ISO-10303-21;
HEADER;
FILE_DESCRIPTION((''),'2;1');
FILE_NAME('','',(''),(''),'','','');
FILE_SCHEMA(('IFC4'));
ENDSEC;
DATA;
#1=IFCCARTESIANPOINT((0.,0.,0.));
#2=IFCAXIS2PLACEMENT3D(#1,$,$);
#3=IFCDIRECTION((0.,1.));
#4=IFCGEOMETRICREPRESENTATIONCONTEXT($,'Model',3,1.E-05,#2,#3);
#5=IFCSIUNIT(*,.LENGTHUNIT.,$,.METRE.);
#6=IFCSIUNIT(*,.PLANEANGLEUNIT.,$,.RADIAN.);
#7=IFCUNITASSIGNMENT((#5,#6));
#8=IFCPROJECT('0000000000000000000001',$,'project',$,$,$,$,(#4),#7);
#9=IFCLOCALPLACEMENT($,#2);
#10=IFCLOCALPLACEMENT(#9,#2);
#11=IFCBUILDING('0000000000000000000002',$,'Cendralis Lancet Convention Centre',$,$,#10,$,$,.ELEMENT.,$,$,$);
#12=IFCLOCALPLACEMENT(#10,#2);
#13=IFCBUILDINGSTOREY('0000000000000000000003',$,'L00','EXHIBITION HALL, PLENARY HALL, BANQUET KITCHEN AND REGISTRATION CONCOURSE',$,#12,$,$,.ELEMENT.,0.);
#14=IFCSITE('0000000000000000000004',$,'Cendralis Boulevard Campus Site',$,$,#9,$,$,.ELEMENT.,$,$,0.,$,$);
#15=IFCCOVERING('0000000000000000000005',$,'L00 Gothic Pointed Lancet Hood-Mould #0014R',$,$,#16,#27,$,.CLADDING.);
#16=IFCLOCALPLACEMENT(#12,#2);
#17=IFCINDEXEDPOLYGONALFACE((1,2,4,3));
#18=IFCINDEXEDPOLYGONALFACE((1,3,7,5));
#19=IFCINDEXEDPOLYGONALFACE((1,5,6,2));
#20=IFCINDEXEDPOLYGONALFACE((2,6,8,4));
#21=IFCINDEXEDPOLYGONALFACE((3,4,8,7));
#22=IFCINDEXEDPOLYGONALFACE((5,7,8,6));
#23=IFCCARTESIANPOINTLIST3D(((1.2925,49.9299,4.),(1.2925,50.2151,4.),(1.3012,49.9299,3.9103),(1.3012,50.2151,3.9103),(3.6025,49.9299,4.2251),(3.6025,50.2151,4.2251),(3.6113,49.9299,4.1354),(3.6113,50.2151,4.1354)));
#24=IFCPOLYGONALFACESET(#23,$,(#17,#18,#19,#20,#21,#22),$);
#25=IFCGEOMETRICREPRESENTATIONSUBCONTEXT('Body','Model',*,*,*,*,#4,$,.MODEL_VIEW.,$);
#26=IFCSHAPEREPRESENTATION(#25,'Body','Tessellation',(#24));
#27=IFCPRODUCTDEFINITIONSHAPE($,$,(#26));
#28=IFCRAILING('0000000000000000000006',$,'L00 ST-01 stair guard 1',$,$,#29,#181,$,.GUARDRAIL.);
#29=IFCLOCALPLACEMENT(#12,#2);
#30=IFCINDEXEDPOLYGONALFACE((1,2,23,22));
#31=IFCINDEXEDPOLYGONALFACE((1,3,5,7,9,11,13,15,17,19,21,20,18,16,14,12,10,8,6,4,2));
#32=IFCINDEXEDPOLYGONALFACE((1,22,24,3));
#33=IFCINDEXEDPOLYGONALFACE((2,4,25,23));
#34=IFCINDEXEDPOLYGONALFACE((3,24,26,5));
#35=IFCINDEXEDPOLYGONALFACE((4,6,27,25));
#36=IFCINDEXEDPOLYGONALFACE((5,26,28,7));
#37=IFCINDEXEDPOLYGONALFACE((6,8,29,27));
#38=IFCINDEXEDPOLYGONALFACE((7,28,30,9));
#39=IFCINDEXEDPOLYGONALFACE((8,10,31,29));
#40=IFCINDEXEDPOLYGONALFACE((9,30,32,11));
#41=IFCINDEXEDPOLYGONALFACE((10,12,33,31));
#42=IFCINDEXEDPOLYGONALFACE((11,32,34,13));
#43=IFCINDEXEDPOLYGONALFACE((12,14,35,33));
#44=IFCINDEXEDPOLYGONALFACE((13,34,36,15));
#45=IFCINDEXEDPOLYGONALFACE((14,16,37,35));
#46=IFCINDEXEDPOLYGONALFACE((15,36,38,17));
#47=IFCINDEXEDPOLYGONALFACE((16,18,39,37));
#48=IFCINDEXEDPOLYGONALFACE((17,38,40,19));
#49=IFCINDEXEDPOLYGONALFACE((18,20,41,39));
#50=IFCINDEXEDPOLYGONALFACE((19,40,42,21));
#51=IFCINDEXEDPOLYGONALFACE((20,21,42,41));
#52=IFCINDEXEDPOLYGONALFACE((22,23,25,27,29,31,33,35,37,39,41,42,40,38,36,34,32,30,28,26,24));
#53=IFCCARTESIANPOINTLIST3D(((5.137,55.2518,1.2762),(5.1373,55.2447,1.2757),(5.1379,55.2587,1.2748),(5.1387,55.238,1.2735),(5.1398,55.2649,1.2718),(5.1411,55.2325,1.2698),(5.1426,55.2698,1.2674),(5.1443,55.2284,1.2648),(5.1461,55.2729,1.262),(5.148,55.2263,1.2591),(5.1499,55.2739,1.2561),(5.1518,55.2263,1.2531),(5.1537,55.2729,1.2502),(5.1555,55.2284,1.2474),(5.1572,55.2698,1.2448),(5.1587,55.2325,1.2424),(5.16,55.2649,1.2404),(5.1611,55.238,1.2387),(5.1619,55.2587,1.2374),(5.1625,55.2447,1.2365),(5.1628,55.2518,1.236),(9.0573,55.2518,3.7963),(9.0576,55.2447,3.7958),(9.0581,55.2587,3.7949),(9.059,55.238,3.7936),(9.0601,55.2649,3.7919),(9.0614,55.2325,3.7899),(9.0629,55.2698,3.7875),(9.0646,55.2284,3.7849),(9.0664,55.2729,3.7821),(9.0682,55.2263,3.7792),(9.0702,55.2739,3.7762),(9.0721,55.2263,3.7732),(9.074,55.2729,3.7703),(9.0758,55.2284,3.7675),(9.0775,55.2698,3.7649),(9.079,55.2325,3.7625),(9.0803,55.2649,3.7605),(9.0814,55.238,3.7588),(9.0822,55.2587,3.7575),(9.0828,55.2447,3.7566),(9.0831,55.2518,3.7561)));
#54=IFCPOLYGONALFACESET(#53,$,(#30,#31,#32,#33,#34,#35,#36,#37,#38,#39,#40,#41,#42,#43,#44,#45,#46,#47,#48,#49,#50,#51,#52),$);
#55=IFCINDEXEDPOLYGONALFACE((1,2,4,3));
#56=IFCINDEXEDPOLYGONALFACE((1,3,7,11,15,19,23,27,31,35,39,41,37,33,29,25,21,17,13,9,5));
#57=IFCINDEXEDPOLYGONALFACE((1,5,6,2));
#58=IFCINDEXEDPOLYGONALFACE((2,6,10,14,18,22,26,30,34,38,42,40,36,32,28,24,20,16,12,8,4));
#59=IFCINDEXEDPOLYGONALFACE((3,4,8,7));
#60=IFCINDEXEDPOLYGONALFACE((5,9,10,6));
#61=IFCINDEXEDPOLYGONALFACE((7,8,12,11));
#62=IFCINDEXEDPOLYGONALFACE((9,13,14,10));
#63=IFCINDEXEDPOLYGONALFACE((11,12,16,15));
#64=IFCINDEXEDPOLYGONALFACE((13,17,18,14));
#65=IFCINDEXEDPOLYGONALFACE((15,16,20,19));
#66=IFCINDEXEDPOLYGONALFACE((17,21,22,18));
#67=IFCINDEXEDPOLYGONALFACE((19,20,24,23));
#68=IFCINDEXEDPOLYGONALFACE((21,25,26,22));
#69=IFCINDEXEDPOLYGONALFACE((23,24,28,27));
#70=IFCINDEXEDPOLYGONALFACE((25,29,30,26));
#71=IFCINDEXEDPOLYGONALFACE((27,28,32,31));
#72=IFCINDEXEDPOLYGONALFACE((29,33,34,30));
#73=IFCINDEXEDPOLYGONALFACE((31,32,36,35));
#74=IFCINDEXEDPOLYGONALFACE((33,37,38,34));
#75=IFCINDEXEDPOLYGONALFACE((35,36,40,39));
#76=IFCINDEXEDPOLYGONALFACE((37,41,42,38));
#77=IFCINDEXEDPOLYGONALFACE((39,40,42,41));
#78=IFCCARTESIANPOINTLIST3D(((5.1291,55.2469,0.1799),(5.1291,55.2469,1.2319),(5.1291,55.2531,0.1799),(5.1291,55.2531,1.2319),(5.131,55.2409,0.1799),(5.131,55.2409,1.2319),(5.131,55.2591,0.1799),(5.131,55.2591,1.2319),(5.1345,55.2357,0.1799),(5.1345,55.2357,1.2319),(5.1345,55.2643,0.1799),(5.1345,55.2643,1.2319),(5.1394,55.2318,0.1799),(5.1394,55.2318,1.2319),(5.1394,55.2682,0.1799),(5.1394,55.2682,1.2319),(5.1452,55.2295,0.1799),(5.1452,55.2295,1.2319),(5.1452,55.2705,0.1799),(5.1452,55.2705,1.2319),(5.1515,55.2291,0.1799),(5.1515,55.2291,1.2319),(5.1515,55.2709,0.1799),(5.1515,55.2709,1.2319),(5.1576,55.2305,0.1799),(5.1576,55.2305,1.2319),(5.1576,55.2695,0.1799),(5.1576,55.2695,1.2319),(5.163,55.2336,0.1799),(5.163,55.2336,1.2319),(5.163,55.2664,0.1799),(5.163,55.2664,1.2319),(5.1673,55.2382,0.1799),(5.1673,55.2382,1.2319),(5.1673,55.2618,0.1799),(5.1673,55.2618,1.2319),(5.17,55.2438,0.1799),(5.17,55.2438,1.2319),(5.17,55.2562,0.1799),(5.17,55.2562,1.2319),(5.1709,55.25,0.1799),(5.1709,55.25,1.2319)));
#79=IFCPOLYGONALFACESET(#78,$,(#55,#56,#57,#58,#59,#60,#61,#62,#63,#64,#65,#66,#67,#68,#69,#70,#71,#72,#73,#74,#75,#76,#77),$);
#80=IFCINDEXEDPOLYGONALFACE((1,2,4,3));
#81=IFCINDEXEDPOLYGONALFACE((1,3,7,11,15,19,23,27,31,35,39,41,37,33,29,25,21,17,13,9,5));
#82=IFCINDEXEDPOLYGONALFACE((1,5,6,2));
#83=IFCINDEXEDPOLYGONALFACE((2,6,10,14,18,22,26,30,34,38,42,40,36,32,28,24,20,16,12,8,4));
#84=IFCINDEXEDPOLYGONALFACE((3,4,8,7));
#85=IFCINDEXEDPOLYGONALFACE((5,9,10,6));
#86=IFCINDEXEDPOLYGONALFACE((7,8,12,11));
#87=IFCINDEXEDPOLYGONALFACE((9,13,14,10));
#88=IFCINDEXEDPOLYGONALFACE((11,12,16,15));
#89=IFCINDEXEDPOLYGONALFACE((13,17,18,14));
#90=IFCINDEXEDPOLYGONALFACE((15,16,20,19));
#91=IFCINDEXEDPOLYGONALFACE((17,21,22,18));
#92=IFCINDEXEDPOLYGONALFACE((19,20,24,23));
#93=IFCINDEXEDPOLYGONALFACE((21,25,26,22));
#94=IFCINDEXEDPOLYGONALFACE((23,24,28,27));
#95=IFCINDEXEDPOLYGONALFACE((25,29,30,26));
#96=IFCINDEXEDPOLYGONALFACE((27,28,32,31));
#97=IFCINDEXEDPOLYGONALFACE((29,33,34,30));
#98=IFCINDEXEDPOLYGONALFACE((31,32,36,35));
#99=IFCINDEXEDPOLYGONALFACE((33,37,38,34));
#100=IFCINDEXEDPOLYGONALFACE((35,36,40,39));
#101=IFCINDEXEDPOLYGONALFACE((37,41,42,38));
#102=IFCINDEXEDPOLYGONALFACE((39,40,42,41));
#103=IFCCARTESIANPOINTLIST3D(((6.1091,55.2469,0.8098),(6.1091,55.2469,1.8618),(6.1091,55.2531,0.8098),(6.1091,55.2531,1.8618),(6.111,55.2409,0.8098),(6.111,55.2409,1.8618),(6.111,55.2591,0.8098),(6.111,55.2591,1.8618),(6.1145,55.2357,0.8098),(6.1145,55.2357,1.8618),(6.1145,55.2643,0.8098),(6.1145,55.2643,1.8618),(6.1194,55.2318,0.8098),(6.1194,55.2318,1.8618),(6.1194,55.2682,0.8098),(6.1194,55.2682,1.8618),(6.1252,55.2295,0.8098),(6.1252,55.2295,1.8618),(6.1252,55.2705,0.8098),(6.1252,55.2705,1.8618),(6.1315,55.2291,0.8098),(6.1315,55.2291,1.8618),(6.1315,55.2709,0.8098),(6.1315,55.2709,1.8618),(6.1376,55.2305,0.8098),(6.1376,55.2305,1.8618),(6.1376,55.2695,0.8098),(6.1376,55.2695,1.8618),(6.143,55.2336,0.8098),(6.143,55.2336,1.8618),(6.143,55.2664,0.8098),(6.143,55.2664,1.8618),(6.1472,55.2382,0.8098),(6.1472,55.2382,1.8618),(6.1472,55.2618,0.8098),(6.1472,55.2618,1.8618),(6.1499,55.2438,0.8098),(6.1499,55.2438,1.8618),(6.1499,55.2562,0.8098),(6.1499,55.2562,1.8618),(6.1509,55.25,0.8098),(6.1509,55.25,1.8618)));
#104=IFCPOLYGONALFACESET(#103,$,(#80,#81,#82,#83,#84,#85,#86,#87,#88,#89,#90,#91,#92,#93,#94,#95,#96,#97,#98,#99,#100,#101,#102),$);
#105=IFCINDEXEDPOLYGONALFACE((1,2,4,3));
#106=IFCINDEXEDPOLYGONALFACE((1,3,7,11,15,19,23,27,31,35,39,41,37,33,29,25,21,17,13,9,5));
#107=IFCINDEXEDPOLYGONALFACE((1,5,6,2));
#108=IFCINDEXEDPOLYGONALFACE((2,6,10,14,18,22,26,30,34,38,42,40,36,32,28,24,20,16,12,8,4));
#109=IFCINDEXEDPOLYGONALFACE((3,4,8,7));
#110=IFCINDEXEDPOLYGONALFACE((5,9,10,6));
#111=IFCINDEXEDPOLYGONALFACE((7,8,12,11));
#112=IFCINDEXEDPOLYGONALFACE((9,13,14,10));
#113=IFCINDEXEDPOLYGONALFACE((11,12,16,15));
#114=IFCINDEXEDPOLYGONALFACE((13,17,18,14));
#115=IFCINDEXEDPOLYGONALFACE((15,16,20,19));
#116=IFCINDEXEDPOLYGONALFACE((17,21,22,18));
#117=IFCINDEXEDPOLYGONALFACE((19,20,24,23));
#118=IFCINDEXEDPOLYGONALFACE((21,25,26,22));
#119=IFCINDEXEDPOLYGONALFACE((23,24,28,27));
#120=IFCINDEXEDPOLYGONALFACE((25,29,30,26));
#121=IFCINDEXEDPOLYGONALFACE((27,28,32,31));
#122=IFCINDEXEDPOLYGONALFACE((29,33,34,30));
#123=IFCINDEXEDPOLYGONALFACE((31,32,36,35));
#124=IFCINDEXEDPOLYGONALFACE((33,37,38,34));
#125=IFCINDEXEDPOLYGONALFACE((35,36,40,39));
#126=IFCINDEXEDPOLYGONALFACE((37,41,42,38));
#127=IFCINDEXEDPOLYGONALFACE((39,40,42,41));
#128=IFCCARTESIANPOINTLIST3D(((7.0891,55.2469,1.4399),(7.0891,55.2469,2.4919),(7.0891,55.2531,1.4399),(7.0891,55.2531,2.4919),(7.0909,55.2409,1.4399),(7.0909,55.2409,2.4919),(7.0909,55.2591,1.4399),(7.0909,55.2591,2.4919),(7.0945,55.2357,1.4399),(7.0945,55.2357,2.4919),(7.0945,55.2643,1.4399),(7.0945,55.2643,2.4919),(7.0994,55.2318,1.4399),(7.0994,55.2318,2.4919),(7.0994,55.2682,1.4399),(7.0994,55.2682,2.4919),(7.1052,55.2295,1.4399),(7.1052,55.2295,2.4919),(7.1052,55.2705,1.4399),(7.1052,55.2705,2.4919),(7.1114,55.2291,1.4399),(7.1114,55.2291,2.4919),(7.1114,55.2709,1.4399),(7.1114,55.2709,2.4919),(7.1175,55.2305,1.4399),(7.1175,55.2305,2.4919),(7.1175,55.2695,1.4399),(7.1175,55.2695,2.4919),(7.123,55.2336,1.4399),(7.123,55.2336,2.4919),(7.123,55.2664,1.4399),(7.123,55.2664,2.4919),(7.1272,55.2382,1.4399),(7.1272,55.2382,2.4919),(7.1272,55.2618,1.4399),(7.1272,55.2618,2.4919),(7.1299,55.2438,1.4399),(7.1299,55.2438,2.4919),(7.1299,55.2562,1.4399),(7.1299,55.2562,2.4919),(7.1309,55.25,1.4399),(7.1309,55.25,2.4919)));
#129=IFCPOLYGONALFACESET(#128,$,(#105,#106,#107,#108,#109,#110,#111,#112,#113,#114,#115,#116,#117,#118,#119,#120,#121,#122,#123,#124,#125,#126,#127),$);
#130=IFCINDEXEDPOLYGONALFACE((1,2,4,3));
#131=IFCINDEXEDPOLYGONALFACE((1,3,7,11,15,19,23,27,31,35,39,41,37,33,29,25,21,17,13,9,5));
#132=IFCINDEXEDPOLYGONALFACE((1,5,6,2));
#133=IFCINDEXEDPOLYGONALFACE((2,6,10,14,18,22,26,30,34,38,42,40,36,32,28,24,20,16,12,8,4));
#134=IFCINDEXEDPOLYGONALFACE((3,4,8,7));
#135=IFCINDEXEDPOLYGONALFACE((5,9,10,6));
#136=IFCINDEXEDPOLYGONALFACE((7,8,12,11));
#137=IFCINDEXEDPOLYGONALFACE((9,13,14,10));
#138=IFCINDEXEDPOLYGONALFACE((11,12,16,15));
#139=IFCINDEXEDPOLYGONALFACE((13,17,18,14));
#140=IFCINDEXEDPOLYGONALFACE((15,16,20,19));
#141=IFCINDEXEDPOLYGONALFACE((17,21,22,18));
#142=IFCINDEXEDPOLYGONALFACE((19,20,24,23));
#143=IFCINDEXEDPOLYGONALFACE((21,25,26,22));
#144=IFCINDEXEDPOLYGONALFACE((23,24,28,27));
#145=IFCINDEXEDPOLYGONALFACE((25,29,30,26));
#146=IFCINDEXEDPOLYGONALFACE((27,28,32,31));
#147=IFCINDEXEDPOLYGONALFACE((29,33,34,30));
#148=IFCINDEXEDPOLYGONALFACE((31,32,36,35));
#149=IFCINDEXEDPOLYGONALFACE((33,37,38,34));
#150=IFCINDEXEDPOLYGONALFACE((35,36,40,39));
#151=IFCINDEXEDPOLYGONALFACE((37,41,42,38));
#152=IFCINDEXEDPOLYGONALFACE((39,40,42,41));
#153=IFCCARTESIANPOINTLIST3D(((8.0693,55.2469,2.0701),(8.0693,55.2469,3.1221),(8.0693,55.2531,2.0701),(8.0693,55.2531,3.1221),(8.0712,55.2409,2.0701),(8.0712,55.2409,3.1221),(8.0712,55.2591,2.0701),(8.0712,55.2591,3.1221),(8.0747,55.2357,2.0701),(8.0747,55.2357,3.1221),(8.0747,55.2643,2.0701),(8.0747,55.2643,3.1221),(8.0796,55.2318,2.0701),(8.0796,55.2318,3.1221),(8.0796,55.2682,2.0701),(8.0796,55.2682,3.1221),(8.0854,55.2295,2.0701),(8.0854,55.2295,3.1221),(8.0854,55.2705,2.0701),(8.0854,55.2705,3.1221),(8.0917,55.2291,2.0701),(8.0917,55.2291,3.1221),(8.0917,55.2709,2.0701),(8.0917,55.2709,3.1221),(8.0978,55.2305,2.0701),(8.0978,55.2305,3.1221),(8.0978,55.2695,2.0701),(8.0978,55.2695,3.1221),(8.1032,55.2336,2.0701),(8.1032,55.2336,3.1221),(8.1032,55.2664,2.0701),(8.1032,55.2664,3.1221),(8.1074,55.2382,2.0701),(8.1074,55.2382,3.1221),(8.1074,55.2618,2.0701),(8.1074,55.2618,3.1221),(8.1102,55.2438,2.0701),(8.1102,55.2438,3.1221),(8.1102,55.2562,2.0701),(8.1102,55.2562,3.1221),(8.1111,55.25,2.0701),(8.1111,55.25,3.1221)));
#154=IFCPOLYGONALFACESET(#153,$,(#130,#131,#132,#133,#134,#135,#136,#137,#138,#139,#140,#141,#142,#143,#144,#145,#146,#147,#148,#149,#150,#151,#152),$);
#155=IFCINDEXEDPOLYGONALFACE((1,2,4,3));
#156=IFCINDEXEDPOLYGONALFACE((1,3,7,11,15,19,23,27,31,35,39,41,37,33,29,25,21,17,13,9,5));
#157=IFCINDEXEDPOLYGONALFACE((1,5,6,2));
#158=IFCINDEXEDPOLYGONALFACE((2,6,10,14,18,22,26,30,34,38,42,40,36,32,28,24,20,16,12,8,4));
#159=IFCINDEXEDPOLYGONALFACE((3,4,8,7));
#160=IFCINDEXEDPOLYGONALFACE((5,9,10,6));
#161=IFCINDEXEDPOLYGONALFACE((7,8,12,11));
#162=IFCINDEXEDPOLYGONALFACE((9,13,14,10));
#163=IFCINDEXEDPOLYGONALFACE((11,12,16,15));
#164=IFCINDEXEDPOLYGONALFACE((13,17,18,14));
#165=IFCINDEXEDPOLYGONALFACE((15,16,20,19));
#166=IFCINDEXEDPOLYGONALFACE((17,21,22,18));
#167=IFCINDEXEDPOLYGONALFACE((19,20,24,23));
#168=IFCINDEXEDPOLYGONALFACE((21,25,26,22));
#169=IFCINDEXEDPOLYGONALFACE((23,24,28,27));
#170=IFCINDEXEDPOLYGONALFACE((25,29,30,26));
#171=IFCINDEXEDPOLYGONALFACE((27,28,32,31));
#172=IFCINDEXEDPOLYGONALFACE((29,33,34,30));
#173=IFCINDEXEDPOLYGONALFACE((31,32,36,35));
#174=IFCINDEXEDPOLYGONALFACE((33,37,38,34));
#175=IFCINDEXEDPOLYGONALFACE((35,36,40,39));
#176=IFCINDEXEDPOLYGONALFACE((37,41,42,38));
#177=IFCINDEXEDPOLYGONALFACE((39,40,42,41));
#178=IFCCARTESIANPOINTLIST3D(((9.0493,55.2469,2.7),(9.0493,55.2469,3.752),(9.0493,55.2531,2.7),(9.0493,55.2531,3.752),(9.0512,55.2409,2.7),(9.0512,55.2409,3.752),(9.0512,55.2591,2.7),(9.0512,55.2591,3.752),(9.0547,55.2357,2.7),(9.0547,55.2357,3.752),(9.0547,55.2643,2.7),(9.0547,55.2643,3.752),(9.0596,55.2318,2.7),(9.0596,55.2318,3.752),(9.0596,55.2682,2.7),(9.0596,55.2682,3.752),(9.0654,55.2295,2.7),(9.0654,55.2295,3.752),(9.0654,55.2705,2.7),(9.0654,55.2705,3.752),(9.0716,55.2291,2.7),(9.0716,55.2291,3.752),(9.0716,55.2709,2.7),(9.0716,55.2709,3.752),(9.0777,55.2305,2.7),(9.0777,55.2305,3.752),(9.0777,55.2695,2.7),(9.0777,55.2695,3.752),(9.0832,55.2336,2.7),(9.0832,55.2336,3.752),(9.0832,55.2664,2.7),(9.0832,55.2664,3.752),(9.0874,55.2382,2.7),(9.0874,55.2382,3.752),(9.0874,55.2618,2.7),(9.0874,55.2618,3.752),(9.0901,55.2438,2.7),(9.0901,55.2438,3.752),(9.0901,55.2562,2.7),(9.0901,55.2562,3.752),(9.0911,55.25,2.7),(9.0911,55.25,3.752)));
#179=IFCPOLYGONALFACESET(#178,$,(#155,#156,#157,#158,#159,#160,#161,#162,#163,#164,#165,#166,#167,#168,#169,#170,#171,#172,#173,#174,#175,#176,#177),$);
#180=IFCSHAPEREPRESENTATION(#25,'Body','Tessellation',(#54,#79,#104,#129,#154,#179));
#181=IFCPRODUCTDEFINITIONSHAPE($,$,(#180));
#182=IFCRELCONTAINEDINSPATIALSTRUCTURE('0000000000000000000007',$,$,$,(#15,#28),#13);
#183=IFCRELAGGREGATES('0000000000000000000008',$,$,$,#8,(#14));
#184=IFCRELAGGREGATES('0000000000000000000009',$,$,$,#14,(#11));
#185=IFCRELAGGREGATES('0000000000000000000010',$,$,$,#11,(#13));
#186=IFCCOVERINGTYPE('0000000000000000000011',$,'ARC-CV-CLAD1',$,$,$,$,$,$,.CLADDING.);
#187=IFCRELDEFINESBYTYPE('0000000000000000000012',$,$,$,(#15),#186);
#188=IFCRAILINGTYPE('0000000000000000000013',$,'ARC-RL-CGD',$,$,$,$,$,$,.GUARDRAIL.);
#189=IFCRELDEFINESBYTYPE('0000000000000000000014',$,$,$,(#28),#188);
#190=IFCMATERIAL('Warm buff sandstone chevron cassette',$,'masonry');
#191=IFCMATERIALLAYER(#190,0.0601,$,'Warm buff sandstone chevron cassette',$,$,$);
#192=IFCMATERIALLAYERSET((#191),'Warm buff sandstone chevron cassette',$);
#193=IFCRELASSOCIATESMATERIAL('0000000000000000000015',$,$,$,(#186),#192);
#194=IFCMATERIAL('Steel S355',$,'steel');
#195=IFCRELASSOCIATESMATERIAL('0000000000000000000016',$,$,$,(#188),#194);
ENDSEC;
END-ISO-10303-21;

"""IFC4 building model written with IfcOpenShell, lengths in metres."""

from ifc_helpers import new_model, si_unit, direction, frame, origin, origin_2d, place, context, subcontext, project, spatial, polyline, circle, outline, extrude, material, layer, layer_set, type_object, element, save


model = new_model("IFC4")

# Units and contexts
model_context = context("Model", 3, precision=1e-05, world=origin(), true_north=direction((0.0, 1.0)))
body_context = subcontext(model_context, "Body", "Model", "MODEL_VIEW")
ifc_project = project(units=[si_unit("LENGTHUNIT", "METRE"), si_unit("PLANEANGLEUNIT", "RADIAN")], contexts=[model_context])

# Site, building, storey
site_placement = place(None, origin())
site = spatial("IfcSite", under=ifc_project, at=site_placement, Name="Cendralis Boulevard Campus Site", CompositionType="ELEMENT", RefElevation=0.0)
building_placement = place(site_placement, origin())
building = spatial("IfcBuilding", under=site, at=building_placement, Name="Cendralis Lancet Convention Centre", CompositionType="ELEMENT")
storey_placement = place(building_placement, origin())
storey = spatial("IfcBuildingStorey", under=building, at=storey_placement, Name="L00", Description="EXHIBITION HALL, PLENARY HALL, BANQUET KITCHEN AND REGISTRATION CONCOURSE", CompositionType="ELEMENT", Elevation=0.0)

# Shared definitions
ifc_material_1 = material(Name="Steel S355", Category="steel")

# Covering
ifc_material_2 = material(Name="Warm buff sandstone chevron cassette", Category="masonry")
ifc_layer_1 = layer(ifc_material_2, 0.0601, Name="Warm buff sandstone chevron cassette")
ifc_layer_set_1 = layer_set([ifc_layer_1], Name="Warm buff sandstone chevron cassette")
covering_type = type_object("IfcCoveringType", Name="ARC-CV-CLAD1", PredefinedType="CLADDING", material=ifc_layer_set_1)
for number, where, z_axis, x_axis, name in (
    (1, (3.6025, 49.9299, 4.2251), (-0.096983, 0.0, 0.995286), (0.0, 1.0, 0.0), "L00 Gothic Pointed Lancet Hood-Mould #0014R"),
):
    element("IfcCovering", number, at=place(storey_placement, frame(where, z_axis=z_axis, x_axis=x_axis)), inside=storey, type_object=covering_type, Name=name, PredefinedType="CLADDING", context=body_context, shape_type="SweptSolid", body=[
        extrude(outline(polyline([(0.0, 0.0), (0.2852, 0.0), (0.2852, 2.321), (0.0, 2.321), (0.0, 0.0)])), origin(), (0.0, 0.0, -1.0), 0.0901),
    ])

# Railing
railing_type_1 = type_object("IfcRailingType", Name="ARC-RL-CGD", PredefinedType="GUARDRAIL", material=ifc_material_1)
railing_1_placement = place(storey_placement, frame((5.1499, 55.25, 0.1799)))
element("IfcRailing", 2, at=railing_1_placement, inside=storey, type_object=railing_type_1, Name="L00 ST-01 stair guard 1", PredefinedType="GUARDRAIL", context=body_context, shape_type="SweptSolid", body=[
    extrude(circle(Radius=0.0239, at=origin_2d()), frame((0.0, 0.0, 1.0762), z_axis=(0.841187, 0.0, 0.540744), x_axis=(0.0, 1.0, 0.0)), (0.0, 0.0, 1.0), 4.6604),
    extrude(circle(Radius=0.021, at=origin_2d()), origin(), (0.0, 0.0, 1.0), 1.052),
    extrude(circle(Radius=0.021, at=origin_2d()), frame((0.98, 0.0, 0.6299)), (0.0, 0.0, 1.0), 1.052),
    extrude(circle(Radius=0.021, at=origin_2d()), frame((1.96, 0.0, 1.26)), (0.0, 0.0, 1.0), 1.052),
    extrude(circle(Radius=0.021, at=origin_2d()), frame((2.9402, 0.0, 1.8901)), (0.0, 0.0, 1.0), 1.052),
    extrude(circle(Radius=0.021, at=origin_2d()), frame((3.9202, 0.0, 2.52)), (0.0, 0.0, 1.0), 1.052),
])

save(model, "model.ifc")
